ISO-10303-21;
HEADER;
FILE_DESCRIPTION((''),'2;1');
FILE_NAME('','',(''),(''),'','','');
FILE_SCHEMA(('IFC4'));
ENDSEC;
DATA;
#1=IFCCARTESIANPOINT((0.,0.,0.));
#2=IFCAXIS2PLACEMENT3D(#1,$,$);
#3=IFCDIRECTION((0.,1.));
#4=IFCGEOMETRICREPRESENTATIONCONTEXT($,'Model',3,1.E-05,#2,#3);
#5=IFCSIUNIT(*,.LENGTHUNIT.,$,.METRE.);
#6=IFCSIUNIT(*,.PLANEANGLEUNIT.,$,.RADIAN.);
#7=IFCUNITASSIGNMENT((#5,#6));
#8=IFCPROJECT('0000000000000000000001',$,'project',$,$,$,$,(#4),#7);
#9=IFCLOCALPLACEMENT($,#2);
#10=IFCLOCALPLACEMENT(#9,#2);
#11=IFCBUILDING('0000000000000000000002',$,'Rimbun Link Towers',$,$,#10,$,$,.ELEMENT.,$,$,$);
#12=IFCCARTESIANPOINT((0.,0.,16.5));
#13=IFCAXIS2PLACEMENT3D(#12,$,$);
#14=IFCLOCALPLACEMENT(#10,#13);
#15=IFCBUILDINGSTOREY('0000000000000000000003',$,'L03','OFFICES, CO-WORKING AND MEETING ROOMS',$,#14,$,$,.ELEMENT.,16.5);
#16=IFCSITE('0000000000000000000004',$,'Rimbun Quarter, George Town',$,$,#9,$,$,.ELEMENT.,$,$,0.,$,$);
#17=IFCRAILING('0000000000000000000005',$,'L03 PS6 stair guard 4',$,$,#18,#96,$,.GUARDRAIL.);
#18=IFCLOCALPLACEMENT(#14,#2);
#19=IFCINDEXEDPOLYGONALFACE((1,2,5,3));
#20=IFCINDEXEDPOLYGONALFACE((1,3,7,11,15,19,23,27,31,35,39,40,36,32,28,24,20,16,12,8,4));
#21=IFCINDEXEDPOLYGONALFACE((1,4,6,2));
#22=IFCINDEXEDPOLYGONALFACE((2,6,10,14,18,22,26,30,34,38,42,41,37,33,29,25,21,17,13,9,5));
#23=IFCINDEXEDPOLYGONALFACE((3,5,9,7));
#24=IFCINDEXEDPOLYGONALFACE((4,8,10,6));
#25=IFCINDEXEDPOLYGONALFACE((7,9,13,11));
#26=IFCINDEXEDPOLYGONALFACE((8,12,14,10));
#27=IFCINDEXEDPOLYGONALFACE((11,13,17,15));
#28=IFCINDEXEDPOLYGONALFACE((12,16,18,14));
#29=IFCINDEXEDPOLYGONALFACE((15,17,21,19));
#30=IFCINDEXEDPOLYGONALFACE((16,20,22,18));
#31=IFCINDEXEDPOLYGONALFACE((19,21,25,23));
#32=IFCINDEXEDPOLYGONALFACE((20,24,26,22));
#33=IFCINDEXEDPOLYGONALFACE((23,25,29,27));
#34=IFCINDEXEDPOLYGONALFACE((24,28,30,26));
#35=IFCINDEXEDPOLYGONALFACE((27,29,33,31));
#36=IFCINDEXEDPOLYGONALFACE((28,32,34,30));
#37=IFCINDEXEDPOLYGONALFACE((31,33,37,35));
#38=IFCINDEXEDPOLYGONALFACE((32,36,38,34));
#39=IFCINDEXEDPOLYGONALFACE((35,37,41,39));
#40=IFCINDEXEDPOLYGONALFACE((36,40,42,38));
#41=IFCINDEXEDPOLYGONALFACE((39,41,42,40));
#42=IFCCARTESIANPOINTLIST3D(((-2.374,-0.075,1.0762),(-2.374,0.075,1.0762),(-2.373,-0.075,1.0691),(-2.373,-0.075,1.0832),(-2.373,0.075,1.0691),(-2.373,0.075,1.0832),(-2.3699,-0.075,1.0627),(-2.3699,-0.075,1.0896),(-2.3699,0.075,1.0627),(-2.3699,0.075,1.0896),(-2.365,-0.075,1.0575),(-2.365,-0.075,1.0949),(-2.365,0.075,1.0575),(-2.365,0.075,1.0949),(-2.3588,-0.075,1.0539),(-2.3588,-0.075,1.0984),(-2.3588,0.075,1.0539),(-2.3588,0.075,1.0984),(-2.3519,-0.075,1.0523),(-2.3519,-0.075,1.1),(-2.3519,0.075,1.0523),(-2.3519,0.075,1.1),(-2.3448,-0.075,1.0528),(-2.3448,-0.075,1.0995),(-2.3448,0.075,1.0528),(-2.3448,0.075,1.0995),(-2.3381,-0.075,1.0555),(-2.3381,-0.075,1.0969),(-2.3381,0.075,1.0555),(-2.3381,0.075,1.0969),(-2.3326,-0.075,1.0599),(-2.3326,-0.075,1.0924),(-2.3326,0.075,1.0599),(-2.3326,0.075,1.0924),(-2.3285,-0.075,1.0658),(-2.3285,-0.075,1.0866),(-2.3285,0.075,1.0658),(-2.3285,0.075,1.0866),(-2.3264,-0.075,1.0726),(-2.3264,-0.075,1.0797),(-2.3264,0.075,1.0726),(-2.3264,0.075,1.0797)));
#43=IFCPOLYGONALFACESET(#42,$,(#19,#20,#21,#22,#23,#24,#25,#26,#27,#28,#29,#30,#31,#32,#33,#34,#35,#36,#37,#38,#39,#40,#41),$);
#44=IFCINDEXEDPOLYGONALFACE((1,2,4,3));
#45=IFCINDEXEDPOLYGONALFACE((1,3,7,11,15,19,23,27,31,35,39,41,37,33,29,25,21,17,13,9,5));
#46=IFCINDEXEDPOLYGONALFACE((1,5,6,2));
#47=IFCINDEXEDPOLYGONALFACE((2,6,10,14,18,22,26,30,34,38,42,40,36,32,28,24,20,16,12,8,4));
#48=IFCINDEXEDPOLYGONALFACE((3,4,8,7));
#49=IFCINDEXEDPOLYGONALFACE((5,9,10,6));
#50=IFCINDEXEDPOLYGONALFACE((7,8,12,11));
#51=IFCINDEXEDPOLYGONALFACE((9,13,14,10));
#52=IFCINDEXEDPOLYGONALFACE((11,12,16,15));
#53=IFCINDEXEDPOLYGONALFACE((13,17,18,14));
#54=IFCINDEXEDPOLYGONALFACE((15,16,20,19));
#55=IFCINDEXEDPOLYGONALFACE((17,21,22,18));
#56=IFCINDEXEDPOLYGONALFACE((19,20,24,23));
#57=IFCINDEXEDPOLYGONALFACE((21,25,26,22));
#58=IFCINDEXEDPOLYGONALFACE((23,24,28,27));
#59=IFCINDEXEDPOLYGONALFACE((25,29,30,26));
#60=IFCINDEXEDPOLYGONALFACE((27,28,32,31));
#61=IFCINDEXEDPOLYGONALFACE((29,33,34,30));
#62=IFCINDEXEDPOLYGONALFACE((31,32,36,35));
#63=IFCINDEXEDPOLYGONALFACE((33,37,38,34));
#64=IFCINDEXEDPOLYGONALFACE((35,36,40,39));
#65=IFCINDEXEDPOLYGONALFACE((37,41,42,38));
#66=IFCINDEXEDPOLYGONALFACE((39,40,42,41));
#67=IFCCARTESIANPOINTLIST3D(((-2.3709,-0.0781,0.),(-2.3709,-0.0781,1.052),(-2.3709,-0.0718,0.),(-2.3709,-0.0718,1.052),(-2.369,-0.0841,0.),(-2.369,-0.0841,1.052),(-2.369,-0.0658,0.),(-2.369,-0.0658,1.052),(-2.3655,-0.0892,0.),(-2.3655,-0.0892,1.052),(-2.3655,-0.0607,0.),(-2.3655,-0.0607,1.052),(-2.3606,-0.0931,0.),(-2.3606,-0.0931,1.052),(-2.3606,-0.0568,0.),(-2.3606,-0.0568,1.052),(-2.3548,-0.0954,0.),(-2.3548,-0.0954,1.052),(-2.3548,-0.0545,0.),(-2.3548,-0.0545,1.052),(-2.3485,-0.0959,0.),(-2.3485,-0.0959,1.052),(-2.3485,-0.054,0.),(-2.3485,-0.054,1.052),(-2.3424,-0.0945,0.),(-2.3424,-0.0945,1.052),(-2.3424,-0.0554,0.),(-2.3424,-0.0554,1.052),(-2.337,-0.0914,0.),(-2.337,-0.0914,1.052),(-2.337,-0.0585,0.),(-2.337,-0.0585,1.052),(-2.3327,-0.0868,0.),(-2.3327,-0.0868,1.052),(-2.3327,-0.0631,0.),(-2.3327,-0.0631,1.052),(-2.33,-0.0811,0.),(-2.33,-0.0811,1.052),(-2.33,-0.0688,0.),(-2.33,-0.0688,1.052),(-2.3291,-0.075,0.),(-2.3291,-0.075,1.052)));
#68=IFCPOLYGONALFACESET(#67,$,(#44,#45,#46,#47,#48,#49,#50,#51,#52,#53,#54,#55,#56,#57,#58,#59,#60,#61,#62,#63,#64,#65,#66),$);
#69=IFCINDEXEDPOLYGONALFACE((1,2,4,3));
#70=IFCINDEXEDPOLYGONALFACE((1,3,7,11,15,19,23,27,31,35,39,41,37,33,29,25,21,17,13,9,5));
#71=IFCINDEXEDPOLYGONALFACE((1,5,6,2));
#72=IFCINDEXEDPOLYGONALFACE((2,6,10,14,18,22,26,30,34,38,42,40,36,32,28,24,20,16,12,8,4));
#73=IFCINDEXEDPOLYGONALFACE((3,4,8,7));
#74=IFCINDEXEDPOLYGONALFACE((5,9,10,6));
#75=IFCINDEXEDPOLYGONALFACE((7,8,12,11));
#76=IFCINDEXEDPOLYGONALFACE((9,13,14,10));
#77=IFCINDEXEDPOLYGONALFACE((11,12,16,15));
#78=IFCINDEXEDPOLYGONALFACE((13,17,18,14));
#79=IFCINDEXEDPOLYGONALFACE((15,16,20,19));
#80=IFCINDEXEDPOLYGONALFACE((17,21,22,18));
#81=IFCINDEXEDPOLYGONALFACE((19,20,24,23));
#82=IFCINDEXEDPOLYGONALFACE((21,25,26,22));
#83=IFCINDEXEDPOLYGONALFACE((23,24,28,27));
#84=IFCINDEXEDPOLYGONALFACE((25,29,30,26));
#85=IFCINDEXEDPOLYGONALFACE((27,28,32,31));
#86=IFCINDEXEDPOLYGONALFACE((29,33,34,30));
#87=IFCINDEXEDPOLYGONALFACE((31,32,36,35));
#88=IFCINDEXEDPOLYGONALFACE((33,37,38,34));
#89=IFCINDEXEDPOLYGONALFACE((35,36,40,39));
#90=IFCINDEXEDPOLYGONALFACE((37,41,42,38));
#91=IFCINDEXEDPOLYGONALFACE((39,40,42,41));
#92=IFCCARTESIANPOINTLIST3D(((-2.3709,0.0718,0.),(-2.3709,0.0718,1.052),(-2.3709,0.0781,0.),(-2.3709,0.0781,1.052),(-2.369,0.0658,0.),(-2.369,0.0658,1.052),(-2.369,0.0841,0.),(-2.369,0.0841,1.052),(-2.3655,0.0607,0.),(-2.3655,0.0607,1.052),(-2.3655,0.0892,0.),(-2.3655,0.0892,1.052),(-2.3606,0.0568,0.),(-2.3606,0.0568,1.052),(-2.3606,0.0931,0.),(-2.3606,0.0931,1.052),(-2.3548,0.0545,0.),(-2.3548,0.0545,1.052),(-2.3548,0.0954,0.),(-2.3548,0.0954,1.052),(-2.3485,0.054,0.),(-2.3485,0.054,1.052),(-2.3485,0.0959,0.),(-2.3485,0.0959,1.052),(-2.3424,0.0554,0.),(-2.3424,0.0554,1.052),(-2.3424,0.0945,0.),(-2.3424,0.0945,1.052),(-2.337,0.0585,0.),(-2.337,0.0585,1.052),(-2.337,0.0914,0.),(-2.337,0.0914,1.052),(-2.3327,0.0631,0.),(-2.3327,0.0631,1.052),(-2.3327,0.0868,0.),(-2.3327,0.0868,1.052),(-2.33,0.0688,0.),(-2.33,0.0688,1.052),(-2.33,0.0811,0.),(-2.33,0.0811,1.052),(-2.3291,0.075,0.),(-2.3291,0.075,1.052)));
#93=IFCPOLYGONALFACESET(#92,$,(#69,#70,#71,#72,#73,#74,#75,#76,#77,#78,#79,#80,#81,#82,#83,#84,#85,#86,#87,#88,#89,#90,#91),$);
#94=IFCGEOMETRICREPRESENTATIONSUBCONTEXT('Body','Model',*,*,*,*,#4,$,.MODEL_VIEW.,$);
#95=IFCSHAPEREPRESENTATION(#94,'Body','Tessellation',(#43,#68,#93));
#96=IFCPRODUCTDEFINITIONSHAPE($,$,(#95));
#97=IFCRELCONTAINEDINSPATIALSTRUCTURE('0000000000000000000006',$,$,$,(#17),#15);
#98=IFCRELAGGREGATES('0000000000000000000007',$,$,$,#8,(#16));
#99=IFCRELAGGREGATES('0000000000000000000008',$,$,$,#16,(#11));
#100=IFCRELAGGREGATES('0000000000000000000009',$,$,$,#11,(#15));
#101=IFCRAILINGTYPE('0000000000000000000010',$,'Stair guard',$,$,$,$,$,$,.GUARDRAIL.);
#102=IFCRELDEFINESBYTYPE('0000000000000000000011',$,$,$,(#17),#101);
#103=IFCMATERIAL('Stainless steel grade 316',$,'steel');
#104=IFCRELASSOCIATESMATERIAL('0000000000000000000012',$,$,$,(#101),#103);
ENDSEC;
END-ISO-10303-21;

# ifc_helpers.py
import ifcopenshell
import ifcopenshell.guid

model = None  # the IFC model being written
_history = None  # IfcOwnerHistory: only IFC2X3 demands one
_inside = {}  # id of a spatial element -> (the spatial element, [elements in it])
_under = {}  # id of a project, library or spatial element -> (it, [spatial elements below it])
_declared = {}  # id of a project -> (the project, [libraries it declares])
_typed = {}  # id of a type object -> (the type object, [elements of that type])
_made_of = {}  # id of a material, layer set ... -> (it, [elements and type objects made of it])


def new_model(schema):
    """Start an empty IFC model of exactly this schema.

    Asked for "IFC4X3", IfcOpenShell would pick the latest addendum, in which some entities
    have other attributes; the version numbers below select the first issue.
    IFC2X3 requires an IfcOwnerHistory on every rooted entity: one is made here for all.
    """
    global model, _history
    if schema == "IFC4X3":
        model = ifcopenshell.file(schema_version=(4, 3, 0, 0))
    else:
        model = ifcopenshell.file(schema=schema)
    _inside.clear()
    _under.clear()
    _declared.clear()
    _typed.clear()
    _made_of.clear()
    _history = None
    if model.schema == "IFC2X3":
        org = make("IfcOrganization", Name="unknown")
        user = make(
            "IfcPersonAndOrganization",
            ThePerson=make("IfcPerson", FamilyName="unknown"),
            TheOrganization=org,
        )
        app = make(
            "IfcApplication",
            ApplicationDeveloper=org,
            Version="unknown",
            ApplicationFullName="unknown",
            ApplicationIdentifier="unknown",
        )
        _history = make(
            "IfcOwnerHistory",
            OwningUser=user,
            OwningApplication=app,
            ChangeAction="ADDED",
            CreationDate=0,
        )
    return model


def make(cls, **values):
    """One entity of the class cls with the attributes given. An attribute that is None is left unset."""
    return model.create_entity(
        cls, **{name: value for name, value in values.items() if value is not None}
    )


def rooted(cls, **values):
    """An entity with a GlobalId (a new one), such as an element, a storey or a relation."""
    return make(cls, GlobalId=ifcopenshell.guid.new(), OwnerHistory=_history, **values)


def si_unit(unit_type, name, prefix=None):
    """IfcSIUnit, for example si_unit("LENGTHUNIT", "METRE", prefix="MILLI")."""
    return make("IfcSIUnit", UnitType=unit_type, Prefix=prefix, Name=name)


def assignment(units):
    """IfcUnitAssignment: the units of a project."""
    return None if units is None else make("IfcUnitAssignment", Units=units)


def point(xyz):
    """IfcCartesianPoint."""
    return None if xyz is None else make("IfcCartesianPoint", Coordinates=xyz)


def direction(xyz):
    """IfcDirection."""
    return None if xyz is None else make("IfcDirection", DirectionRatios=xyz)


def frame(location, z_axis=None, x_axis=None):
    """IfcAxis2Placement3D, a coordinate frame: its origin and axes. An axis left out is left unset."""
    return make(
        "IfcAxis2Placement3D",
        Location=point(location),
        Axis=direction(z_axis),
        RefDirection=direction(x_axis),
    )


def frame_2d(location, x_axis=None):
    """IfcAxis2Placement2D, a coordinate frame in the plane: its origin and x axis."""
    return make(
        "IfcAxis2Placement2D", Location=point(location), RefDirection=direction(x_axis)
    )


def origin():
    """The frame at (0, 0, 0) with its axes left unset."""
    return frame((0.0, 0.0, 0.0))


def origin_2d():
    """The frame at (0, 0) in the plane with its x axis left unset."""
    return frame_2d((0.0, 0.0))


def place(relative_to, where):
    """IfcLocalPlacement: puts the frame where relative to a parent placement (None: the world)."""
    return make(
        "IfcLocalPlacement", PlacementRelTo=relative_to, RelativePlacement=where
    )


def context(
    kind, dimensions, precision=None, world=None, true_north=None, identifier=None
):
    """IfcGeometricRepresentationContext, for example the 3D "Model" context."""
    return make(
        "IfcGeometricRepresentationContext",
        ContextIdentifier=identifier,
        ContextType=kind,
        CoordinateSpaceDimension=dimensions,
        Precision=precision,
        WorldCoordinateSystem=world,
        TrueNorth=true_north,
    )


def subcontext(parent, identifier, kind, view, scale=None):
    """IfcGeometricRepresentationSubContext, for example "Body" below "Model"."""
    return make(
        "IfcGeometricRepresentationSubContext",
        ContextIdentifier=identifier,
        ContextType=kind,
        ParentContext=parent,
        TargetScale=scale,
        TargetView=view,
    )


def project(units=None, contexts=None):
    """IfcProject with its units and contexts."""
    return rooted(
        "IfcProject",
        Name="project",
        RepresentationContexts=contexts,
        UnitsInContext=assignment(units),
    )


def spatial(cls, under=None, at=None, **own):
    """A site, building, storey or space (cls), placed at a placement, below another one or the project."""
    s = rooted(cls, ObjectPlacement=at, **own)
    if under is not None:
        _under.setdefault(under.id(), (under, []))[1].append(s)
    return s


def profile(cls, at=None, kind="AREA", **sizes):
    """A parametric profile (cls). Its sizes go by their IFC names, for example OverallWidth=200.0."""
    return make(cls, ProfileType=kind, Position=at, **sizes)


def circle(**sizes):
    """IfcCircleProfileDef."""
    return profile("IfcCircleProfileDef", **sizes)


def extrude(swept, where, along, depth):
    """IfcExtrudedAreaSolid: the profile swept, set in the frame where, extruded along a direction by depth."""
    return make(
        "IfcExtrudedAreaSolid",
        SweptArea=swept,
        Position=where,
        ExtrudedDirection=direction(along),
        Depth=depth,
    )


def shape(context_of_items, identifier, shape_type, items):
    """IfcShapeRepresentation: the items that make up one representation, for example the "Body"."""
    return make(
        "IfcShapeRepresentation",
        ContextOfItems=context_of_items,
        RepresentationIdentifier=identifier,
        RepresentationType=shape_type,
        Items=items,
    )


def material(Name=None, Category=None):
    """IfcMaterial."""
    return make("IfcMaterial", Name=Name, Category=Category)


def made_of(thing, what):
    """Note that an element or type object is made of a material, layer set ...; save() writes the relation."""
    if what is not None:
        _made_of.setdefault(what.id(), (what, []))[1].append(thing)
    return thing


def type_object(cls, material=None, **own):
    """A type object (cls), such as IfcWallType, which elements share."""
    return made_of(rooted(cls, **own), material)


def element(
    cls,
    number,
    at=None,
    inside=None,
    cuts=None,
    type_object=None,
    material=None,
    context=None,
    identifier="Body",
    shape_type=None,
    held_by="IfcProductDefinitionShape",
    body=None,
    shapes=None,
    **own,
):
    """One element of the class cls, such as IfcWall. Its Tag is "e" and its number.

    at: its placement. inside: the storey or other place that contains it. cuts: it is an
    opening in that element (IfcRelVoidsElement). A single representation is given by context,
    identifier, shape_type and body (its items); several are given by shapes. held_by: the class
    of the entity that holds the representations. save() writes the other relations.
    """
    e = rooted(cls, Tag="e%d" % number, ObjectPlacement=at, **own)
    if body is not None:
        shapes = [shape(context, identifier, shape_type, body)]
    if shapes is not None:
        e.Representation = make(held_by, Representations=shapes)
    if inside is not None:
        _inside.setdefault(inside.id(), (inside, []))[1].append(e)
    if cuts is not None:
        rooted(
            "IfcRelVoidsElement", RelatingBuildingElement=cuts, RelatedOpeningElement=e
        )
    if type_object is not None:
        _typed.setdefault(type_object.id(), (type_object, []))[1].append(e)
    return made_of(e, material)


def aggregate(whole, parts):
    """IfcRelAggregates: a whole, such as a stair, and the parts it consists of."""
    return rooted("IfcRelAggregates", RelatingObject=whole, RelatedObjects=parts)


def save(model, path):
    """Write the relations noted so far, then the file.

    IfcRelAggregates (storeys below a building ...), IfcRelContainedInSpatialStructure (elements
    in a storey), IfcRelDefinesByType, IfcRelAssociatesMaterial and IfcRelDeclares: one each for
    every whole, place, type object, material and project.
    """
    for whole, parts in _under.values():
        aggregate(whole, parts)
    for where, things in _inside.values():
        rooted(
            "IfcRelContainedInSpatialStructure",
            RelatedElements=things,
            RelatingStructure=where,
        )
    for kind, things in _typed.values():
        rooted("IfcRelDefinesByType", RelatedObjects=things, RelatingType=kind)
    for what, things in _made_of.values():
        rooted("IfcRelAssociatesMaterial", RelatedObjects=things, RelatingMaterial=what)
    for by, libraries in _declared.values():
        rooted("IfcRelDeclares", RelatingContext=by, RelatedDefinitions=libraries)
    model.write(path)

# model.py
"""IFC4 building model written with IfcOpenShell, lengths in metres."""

from ifc_helpers import new_model, si_unit, direction, frame, origin, origin_2d, place, context, subcontext, project, spatial, circle, extrude, material, type_object, element, save


model = new_model("IFC4")

# Units and contexts
model_context = context("Model", 3, precision=1e-05, world=origin(), true_north=direction((0.0, 1.0)))
body_context = subcontext(model_context, "Body", "Model", "MODEL_VIEW")
ifc_project = project(units=[si_unit("LENGTHUNIT", "METRE"), si_unit("PLANEANGLEUNIT", "RADIAN")], contexts=[model_context])

# Site, building, storey
site_placement = place(None, origin())
site = spatial("IfcSite", under=ifc_project, at=site_placement, Name="Rimbun Quarter, George Town", CompositionType="ELEMENT", RefElevation=0.0)
building_placement = place(site_placement, origin())
building = spatial("IfcBuilding", under=site, at=building_placement, Name="Rimbun Link Towers", CompositionType="ELEMENT")
storey_placement = place(building_placement, frame((0.0, 0.0, 16.5)))
storey = spatial("IfcBuildingStorey", under=building, at=storey_placement, Name="L03", Description="OFFICES, CO-WORKING AND MEETING ROOMS", CompositionType="ELEMENT", Elevation=16.5)

# Railing
ifc_material_1 = material(Name="Stainless steel grade 316", Category="steel")
railing_type_1 = type_object("IfcRailingType", Name="Stair guard", PredefinedType="GUARDRAIL", material=ifc_material_1)
railing_1_placement = place(storey_placement, frame((-2.3501, -0.075, 0.0)))
element("IfcRailing", 1, at=railing_1_placement, inside=storey, type_object=railing_type_1, Name="L03 PS6 stair guard 4", PredefinedType="GUARDRAIL", context=body_context, shape_type="SweptSolid", body=[
    extrude(circle(Radius=0.0239, at=origin_2d()), frame((0.0, 0.0, 1.0762), z_axis=(0.0, 1.0, 0.0), x_axis=(-1.0, 0.0, 0.0)), (0.0, 0.0, 1.0), 0.1499),
    extrude(circle(Radius=0.021, at=origin_2d()), origin(), (0.0, 0.0, 1.0), 1.052),
    extrude(circle(Radius=0.021, at=origin_2d()), frame((0.0, 0.1499, 0.0)), (0.0, 0.0, 1.0), 1.052),
])

save(model, "model.ifc")
